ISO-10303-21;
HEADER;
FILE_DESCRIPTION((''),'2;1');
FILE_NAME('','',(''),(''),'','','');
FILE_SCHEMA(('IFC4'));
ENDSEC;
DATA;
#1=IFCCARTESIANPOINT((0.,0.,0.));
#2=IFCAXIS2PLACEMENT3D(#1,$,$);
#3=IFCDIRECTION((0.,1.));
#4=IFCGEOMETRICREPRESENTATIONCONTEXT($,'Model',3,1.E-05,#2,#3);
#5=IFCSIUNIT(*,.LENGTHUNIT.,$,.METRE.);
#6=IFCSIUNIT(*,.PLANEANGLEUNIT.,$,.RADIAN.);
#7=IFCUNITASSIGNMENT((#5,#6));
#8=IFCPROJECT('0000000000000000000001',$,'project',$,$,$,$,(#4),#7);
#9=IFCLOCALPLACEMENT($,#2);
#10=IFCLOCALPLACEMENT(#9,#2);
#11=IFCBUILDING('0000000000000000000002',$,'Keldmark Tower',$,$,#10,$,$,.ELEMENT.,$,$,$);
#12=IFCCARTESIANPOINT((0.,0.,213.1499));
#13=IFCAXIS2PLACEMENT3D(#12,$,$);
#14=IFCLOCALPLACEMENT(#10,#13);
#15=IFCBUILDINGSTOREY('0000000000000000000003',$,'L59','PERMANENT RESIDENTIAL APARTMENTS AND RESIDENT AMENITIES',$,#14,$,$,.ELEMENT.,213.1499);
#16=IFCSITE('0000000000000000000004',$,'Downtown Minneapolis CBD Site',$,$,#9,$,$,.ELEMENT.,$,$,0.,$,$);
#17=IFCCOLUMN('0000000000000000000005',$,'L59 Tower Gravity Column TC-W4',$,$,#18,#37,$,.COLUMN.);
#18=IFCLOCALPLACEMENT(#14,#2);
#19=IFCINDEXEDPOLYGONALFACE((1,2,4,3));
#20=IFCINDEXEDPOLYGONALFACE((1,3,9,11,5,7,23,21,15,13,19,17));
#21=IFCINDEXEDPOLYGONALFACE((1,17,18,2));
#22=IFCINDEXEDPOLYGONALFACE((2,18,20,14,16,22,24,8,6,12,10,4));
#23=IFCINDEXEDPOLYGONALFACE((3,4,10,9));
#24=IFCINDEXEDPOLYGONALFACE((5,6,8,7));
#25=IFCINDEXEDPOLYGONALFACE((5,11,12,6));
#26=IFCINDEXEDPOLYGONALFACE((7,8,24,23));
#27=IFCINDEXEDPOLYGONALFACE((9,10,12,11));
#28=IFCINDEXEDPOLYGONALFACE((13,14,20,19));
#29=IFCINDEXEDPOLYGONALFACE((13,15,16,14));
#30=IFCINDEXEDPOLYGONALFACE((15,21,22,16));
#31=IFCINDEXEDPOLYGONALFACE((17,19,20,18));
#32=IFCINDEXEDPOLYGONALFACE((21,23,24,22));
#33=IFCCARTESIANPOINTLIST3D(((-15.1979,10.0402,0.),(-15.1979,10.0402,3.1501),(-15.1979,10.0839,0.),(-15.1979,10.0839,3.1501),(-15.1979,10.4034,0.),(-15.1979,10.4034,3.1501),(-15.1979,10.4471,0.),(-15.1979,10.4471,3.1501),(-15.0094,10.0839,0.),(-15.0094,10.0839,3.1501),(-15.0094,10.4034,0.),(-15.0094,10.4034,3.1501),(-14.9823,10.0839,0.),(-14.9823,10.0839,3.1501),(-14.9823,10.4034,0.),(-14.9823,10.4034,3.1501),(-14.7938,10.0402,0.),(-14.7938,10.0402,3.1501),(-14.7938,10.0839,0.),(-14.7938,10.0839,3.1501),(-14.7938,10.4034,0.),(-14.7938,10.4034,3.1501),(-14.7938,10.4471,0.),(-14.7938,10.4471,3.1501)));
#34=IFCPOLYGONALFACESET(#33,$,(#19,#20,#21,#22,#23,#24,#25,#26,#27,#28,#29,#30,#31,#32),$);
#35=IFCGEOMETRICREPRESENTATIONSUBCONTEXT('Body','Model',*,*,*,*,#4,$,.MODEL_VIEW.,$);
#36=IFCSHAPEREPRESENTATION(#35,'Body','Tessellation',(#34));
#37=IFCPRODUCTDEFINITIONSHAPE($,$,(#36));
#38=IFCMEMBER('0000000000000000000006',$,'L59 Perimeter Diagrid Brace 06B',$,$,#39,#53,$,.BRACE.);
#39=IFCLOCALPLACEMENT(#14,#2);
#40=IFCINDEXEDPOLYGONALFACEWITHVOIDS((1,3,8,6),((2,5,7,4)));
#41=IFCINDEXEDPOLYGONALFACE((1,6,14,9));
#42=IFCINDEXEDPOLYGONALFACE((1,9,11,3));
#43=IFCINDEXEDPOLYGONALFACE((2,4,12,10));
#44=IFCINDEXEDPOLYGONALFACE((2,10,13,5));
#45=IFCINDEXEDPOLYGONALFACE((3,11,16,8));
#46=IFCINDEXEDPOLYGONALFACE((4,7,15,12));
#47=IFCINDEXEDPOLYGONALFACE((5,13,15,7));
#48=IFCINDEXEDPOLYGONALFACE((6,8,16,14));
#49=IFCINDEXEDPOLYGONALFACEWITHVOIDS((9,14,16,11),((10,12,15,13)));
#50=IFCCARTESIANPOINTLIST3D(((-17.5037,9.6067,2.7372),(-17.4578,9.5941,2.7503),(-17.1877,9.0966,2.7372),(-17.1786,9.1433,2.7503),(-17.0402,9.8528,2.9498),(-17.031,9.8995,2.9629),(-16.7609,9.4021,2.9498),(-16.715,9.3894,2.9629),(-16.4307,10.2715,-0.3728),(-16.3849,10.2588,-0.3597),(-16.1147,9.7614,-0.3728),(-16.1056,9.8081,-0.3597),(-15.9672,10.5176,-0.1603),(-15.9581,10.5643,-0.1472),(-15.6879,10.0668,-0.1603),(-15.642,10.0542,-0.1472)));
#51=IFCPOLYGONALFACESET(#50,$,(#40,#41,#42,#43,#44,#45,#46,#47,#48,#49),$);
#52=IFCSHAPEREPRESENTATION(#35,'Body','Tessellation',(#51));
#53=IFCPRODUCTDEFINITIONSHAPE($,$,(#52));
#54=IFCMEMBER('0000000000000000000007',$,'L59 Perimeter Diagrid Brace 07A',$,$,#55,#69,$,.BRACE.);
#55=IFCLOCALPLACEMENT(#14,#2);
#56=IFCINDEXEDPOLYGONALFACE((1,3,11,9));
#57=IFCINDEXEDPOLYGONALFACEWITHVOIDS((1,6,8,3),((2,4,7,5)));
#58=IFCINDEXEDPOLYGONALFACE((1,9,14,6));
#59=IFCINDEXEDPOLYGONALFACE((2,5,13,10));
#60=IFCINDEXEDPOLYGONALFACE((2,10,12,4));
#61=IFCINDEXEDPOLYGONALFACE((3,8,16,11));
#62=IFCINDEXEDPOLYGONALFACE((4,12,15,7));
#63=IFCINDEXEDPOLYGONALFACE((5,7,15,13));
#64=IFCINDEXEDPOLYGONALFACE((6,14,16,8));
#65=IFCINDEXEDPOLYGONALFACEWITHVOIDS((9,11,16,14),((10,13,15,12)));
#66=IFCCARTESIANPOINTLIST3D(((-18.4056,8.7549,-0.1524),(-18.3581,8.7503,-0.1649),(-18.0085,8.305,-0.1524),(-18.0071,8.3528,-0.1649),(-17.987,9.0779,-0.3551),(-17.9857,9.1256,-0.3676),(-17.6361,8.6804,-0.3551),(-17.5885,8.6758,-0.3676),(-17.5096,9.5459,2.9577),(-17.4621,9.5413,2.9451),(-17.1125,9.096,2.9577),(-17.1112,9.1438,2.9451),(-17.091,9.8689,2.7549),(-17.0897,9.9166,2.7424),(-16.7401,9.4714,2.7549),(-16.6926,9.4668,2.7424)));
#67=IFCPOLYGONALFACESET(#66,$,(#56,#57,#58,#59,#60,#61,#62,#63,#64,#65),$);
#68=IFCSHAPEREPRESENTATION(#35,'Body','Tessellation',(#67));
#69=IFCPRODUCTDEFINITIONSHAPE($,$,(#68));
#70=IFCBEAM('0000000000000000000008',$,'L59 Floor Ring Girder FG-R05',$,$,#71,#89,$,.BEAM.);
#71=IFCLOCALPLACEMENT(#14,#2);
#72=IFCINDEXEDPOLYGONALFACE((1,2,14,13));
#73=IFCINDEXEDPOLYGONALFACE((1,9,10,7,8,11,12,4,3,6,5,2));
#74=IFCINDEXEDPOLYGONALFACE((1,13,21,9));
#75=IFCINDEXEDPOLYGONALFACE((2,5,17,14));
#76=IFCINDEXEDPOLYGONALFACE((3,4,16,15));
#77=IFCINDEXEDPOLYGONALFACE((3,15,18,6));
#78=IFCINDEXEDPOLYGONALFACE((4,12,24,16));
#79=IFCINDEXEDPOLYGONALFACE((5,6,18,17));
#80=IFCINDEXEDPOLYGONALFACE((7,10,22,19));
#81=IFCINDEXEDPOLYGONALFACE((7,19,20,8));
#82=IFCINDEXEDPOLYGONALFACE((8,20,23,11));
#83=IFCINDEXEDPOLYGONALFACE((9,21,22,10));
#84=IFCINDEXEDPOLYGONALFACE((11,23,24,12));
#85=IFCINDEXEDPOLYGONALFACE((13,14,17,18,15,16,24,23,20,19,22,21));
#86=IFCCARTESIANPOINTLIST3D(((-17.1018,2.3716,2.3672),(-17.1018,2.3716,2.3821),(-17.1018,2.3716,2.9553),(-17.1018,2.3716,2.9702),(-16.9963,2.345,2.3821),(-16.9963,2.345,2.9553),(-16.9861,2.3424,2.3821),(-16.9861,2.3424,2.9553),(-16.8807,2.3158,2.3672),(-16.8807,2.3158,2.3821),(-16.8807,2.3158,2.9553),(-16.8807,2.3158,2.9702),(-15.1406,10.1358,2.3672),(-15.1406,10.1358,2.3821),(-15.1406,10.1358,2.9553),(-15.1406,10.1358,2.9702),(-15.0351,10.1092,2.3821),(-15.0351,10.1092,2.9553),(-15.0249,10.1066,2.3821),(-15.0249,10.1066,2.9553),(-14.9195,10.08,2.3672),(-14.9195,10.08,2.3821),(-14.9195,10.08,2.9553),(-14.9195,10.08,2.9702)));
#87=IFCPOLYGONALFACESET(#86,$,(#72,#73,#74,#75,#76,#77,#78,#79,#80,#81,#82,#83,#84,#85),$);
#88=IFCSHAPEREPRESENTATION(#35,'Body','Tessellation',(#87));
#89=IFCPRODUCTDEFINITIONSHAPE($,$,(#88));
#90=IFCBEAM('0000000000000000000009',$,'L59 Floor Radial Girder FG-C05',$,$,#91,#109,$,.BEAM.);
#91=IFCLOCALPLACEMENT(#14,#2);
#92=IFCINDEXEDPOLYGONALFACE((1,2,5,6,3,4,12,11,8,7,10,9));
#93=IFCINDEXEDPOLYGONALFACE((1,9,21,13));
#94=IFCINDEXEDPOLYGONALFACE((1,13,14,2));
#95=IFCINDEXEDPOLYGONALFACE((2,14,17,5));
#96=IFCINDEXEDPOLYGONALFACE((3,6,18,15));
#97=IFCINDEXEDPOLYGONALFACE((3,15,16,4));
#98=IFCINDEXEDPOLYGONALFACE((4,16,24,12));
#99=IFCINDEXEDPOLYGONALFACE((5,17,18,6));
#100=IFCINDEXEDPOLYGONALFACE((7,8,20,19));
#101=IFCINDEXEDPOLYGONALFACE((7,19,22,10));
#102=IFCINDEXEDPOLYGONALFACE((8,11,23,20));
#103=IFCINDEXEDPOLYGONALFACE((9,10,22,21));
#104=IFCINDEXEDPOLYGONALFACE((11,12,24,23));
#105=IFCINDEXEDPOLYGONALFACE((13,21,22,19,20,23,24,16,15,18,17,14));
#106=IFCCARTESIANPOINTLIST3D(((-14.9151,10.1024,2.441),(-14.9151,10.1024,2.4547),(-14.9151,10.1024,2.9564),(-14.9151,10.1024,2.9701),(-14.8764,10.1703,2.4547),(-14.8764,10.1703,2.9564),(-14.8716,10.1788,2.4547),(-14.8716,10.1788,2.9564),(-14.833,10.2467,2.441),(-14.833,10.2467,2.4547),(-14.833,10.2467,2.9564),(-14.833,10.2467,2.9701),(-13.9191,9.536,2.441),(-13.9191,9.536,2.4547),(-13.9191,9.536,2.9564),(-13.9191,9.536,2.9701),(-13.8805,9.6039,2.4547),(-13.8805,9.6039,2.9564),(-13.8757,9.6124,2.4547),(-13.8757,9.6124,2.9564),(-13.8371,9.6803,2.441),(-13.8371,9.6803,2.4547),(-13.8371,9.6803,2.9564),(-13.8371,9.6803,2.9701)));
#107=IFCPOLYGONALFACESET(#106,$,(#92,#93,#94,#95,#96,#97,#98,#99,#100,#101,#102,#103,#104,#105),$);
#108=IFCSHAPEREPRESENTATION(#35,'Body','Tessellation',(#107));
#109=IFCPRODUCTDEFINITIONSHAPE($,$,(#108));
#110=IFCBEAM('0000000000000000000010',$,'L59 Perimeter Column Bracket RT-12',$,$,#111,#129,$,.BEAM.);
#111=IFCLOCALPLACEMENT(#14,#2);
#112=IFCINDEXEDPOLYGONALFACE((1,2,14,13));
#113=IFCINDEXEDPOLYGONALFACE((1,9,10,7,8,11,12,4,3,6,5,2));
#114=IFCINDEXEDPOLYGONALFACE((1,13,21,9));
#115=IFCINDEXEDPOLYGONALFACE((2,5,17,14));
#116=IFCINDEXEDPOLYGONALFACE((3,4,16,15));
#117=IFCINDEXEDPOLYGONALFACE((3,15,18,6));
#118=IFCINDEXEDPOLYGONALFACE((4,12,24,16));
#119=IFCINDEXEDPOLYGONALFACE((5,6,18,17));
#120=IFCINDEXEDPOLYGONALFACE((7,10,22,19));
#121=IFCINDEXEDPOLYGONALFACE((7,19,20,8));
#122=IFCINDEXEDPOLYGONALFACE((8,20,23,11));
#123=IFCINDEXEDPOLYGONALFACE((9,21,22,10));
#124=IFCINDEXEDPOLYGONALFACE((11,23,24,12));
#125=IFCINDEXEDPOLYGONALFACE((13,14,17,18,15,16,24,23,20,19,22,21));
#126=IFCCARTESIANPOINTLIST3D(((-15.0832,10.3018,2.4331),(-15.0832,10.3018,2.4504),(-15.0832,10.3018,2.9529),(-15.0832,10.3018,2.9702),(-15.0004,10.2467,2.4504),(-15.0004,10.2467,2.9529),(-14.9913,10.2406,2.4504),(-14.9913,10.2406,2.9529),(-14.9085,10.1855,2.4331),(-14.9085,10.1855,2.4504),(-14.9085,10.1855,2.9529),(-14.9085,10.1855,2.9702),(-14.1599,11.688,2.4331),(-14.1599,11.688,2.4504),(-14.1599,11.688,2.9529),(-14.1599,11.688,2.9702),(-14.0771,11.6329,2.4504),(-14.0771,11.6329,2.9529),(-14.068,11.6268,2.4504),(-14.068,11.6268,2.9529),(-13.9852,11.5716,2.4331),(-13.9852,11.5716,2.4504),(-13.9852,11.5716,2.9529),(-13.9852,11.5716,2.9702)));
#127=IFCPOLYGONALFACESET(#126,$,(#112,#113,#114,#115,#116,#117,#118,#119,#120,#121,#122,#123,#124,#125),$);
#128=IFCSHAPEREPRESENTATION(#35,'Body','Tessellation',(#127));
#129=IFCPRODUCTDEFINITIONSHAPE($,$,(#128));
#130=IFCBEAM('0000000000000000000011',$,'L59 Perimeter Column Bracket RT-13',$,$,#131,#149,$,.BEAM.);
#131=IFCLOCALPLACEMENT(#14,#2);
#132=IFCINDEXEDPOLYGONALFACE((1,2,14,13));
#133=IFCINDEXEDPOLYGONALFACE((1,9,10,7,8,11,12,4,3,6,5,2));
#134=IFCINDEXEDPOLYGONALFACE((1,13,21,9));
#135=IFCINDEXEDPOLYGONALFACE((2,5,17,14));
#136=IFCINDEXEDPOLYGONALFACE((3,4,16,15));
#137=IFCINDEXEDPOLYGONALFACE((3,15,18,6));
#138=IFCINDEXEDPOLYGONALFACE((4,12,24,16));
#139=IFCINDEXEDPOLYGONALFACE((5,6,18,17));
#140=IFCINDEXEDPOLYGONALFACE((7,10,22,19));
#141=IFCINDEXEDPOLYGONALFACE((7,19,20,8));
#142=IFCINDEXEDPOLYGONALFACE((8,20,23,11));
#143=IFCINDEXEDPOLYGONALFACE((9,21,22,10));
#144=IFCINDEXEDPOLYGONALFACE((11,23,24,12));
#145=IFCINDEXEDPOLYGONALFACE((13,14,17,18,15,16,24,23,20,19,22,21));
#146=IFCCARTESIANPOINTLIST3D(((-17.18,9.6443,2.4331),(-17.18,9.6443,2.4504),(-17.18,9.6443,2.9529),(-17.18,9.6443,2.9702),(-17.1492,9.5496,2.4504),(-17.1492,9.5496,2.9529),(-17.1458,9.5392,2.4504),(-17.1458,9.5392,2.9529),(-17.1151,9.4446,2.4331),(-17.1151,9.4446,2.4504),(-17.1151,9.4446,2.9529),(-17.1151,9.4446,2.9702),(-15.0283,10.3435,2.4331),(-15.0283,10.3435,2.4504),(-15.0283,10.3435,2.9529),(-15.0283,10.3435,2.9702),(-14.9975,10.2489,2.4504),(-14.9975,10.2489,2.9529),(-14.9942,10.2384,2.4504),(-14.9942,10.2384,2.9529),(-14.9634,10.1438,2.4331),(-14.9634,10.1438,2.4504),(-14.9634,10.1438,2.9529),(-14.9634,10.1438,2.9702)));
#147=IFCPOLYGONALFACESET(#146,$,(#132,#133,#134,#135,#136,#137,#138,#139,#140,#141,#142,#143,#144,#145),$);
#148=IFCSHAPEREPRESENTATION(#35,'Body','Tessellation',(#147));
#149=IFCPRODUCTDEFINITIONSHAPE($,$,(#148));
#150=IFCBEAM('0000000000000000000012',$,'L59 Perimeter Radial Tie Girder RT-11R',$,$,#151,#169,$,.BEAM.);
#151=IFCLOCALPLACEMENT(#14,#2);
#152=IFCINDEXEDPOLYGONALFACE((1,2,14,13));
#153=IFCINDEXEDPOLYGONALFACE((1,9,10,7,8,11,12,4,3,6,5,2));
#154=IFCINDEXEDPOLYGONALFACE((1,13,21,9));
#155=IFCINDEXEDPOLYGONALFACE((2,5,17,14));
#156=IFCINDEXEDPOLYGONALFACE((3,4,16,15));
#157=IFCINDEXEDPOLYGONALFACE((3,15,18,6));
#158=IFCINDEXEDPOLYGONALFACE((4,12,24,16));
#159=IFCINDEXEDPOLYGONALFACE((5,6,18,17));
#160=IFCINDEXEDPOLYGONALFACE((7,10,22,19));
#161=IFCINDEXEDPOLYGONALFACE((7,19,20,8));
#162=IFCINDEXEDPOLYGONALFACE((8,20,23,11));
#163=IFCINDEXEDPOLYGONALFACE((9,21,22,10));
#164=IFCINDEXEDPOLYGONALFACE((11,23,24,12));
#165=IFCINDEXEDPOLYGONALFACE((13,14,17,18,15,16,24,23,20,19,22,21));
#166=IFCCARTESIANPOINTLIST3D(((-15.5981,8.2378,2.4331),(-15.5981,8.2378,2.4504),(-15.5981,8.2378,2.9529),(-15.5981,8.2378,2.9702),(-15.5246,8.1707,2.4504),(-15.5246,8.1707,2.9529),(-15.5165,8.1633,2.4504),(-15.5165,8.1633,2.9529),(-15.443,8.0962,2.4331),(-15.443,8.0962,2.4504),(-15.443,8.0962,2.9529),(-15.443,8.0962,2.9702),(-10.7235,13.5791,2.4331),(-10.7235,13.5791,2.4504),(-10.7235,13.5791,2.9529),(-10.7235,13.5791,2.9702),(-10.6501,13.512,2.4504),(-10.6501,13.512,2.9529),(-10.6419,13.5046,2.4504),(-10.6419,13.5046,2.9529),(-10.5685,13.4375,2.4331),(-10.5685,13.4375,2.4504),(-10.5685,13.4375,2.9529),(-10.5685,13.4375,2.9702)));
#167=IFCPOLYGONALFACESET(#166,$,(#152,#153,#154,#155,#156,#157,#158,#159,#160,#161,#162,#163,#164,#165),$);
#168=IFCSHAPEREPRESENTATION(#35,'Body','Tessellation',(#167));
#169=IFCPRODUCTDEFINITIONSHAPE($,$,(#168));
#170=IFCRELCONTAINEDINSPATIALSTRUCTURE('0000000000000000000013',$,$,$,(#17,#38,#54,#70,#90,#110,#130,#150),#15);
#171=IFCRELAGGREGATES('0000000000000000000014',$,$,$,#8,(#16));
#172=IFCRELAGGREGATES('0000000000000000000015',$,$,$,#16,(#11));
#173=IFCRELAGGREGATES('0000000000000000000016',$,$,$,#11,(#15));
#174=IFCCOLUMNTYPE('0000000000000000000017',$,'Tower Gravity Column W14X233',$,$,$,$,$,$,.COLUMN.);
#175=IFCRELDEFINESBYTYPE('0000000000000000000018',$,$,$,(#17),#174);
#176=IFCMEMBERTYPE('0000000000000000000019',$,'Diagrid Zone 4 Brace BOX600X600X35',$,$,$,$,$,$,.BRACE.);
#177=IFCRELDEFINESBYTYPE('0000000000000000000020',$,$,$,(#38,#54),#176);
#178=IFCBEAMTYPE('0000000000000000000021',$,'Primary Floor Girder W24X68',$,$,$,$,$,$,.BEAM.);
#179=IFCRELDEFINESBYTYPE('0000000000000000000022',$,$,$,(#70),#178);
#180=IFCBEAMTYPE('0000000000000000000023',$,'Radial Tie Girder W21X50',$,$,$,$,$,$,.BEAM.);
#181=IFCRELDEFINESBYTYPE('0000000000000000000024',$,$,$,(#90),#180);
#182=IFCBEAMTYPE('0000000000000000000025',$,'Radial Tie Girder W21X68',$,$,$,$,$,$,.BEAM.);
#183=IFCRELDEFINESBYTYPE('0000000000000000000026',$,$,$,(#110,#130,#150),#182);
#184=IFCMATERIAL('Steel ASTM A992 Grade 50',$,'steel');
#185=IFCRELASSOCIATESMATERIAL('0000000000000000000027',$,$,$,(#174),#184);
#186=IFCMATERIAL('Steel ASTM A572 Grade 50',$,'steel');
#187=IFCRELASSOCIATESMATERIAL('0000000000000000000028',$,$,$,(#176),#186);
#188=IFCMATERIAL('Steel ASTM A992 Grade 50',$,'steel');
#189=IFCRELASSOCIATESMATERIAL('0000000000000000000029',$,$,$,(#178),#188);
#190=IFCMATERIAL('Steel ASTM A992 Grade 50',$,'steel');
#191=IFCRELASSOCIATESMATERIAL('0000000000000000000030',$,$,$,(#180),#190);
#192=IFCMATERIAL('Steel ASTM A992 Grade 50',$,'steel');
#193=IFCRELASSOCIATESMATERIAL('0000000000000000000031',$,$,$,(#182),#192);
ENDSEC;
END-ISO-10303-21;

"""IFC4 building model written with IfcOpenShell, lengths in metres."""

from ifc_helpers import new_model, si_unit, direction, frame, origin, origin_2d, place, context, subcontext, project, spatial, hollow_rectangle, i_section, extrude, material, material_profile, profile_set, type_object, element, save


model = new_model("IFC4")

# Units and contexts
model_context = context("Model", 3, precision=1e-05, world=origin(), true_north=direction((0.0, 1.0)))
body_context = subcontext(model_context, "Body", "Model", "MODEL_VIEW")
ifc_project = project(units=[si_unit("LENGTHUNIT", "METRE"), si_unit("PLANEANGLEUNIT", "RADIAN")], contexts=[model_context])

# Site, building, storey
site_placement = place(None, origin())
site = spatial("IfcSite", under=ifc_project, at=site_placement, Name="Downtown Minneapolis CBD Site", CompositionType="ELEMENT", RefElevation=0.0)
building_placement = place(site_placement, origin())
building = spatial("IfcBuilding", under=site, at=building_placement, Name="Keldmark Tower", CompositionType="ELEMENT")
storey_placement = place(building_placement, frame((0.0, 0.0, 213.1499)))
storey = spatial("IfcBuildingStorey", under=building, at=storey_placement, Name="L59", Description="PERMANENT RESIDENTIAL APARTMENTS AND RESIDENT AMENITIES", CompositionType="ELEMENT", Elevation=213.1499)

# Column
ifc_material_1 = material(Name="Steel ASTM A992 Grade 50", Category="steel")
ifc_material_profile_1 = material_profile(ifc_material_1, i_section(OverallWidth=0.4041, OverallDepth=0.407, WebThickness=0.0271, FlangeThickness=0.0437, at=origin_2d()), Name="W14X233")
ifc_profile_set_1 = profile_set([ifc_material_profile_1], Name="Steel ASTM A992 Grade 50")
column_type = type_object("IfcColumnType", Name="Tower Gravity Column W14X233", PredefinedType="COLUMN", material=ifc_profile_set_1)
column_placement = place(storey_placement, frame((-14.9958, 10.2437, 0.0), z_axis=(0.0, 0.0, 1.0), x_axis=(1.0, 0.0, 0.0)))
element("IfcColumn", 1, at=column_placement, inside=storey, type_object=column_type, Name="L59 Tower Gravity Column TC-W4", PredefinedType="COLUMN", context=body_context, shape_type="SweptSolid", body=[
    extrude(i_section(OverallWidth=0.4041, OverallDepth=0.407, WebThickness=0.0271, FlangeThickness=0.0437, at=origin_2d()), origin(), (0.0, 0.0, 1.0), 3.1501),
])

# Members
ifc_material_2 = material(Name="Steel ASTM A572 Grade 50", Category="steel")
ifc_material_profile_2 = material_profile(ifc_material_2, hollow_rectangle(XDim=0.6001, YDim=0.6001, WallThickness=0.0349, at=origin_2d()), Name="BOX600X600X35")
ifc_profile_set_2 = profile_set([ifc_material_profile_2], Name="Steel ASTM A572 Grade 50")
member_type = type_object("IfcMemberType", Name="Diagrid Zone 4 Brace BOX600X600X35", PredefinedType="BRACE", material=ifc_profile_set_2)
member_1_placement = place(storey_placement, frame((-16.0364, 10.1628, -0.26), z_axis=(-0.319678, -0.198062, 0.926594), x_axis=(0.526674, -0.850067, 0.0)))
element("IfcMember", 2, at=member_1_placement, inside=storey, type_object=member_type, Name="L59 Perimeter Diagrid Brace 06B", PredefinedType="BRACE", context=body_context, shape_type="SweptSolid", body=[
    extrude(hollow_rectangle(XDim=0.6001, YDim=0.6001, WallThickness=0.0349, at=origin_2d()), origin(), (0.0, 0.0, 1.0), 3.3564),
])
member_2_placement = place(storey_placement, frame((-17.9971, 8.7153, -0.26), z_axis=(0.268918, 0.23741, 0.933445), x_axis=(-0.661824, 0.749659, 0.0)))
element("IfcMember", 3, at=member_2_placement, inside=storey, type_object=member_type, Name="L59 Perimeter Diagrid Brace 07A", PredefinedType="BRACE", context=body_context, shape_type="SweptSolid", body=[
    extrude(hollow_rectangle(XDim=0.6001, YDim=0.6001, WallThickness=0.0349, at=origin_2d()), origin(), (0.0, 0.0, 1.0), 3.3318),
])

# Beams
ifc_material_3 = material(Name="Steel ASTM A992 Grade 50", Category="steel")
ifc_material_profile_3 = material_profile(ifc_material_3, i_section(OverallWidth=0.228, OverallDepth=0.603, WebThickness=0.0105, FlangeThickness=0.0149, at=origin_2d()), Name="W24X68")
ifc_profile_set_3 = profile_set([ifc_material_profile_3], Name="Steel ASTM A992 Grade 50")
beam_type_1 = type_object("IfcBeamType", Name="Primary Floor Girder W24X68", PredefinedType="BEAM", material=ifc_profile_set_3)
beam_1_placement = place(storey_placement, frame((-15.03, 10.1079, 2.6687), z_axis=(-0.244902, -0.969548, 0.0), x_axis=(0.969548, -0.244902, 0.0)))
element("IfcBeam", 4, at=beam_1_placement, inside=storey, type_object=beam_type_1, Name="L59 Floor Ring Girder FG-R05", PredefinedType="BEAM", context=body_context, shape_type="SweptSolid", body=[
    extrude(i_section(OverallWidth=0.228, OverallDepth=0.603, WebThickness=0.0105, FlangeThickness=0.0149, at=origin_2d()), origin(), (0.0, 0.0, 1.0), 8.0081),
])
ifc_material_4 = material(Name="Steel ASTM A992 Grade 50", Category="steel")
ifc_material_profile_4 = material_profile(ifc_material_4, i_section(OverallWidth=0.166, OverallDepth=0.5291, WebThickness=0.0098, FlangeThickness=0.0137, at=origin_2d()), Name="W21X50")
ifc_profile_set_4 = profile_set([ifc_material_profile_4], Name="Steel ASTM A992 Grade 50")
beam_type_2 = type_object("IfcBeamType", Name="Radial Tie Girder W21X50", PredefinedType="BEAM", material=ifc_profile_set_4)
beam_2_placement = place(storey_placement, frame((-14.874, 10.1746, 2.7056), z_axis=(0.869238, -0.494394, 0.0), x_axis=(0.494394, 0.869238, 0.0)))
element("IfcBeam", 5, at=beam_2_placement, inside=storey, type_object=beam_type_2, Name="L59 Floor Radial Girder FG-C05", PredefinedType="BEAM", context=body_context, shape_type="SweptSolid", body=[
    extrude(i_section(OverallWidth=0.166, OverallDepth=0.5291, WebThickness=0.0098, FlangeThickness=0.0137, at=origin_2d()), origin(), (0.0, 0.0, 1.0), 1.1458),
])
ifc_material_5 = material(Name="Steel ASTM A992 Grade 50", Category="steel")
ifc_material_profile_5 = material_profile(ifc_material_5, i_section(OverallWidth=0.21, OverallDepth=0.5371, WebThickness=0.011, FlangeThickness=0.0173, at=origin_2d()), Name="W21X68")
ifc_profile_set_5 = profile_set([ifc_material_profile_5], Name="Steel ASTM A992 Grade 50")
beam_type_3 = type_object("IfcBeamType", Name="Radial Tie Girder W21X68", PredefinedType="BEAM", material=ifc_profile_set_5)
beam_3_placement = place(storey_placement, frame((-14.9958, 10.2437, 2.7017), z_axis=(0.554362, 0.832276, 0.0), x_axis=(-0.832276, 0.554362, 0.0)))
element("IfcBeam", 6, at=beam_3_placement, inside=storey, type_object=beam_type_3, Name="L59 Perimeter Column Bracket RT-12", PredefinedType="BEAM", context=body_context, shape_type="SweptSolid", body=[
    extrude(i_section(OverallWidth=0.21, OverallDepth=0.5371, WebThickness=0.011, FlangeThickness=0.0173, at=origin_2d()), origin(), (0.0, 0.0, 1.0), 1.6655),
])
beam_4_placement = place(storey_placement, frame((-14.9958, 10.2437, 2.7017), z_axis=(-0.951041, -0.309064, 0.0), x_axis=(0.309064, -0.951041, 0.0)))
element("IfcBeam", 7, at=beam_4_placement, inside=storey, type_object=beam_type_3, Name="L59 Perimeter Column Bracket RT-13", PredefinedType="BEAM", context=body_context, shape_type="SweptSolid", body=[
    extrude(i_section(OverallWidth=0.21, OverallDepth=0.5371, WebThickness=0.011, FlangeThickness=0.0173, at=origin_2d()), origin(), (0.0, 0.0, 1.0), 2.2625),
])
beam_5_placement = place(storey_placement, frame((-15.5205, 8.167, 2.7017), z_axis=(0.674093, 0.738646, 0.0), x_axis=(-0.738646, 0.674093, 0.0)))
element("IfcBeam", 8, at=beam_5_placement, inside=storey, type_object=beam_type_3, Name="L59 Perimeter Radial Tie Girder RT-11R", PredefinedType="BEAM", context=body_context, shape_type="SweptSolid", body=[
    extrude(i_section(OverallWidth=0.21, OverallDepth=0.5371, WebThickness=0.011, FlangeThickness=0.0173, at=origin_2d()), origin(), (0.0, 0.0, 1.0), 7.2312),
])

save(model, "model.ifc")
